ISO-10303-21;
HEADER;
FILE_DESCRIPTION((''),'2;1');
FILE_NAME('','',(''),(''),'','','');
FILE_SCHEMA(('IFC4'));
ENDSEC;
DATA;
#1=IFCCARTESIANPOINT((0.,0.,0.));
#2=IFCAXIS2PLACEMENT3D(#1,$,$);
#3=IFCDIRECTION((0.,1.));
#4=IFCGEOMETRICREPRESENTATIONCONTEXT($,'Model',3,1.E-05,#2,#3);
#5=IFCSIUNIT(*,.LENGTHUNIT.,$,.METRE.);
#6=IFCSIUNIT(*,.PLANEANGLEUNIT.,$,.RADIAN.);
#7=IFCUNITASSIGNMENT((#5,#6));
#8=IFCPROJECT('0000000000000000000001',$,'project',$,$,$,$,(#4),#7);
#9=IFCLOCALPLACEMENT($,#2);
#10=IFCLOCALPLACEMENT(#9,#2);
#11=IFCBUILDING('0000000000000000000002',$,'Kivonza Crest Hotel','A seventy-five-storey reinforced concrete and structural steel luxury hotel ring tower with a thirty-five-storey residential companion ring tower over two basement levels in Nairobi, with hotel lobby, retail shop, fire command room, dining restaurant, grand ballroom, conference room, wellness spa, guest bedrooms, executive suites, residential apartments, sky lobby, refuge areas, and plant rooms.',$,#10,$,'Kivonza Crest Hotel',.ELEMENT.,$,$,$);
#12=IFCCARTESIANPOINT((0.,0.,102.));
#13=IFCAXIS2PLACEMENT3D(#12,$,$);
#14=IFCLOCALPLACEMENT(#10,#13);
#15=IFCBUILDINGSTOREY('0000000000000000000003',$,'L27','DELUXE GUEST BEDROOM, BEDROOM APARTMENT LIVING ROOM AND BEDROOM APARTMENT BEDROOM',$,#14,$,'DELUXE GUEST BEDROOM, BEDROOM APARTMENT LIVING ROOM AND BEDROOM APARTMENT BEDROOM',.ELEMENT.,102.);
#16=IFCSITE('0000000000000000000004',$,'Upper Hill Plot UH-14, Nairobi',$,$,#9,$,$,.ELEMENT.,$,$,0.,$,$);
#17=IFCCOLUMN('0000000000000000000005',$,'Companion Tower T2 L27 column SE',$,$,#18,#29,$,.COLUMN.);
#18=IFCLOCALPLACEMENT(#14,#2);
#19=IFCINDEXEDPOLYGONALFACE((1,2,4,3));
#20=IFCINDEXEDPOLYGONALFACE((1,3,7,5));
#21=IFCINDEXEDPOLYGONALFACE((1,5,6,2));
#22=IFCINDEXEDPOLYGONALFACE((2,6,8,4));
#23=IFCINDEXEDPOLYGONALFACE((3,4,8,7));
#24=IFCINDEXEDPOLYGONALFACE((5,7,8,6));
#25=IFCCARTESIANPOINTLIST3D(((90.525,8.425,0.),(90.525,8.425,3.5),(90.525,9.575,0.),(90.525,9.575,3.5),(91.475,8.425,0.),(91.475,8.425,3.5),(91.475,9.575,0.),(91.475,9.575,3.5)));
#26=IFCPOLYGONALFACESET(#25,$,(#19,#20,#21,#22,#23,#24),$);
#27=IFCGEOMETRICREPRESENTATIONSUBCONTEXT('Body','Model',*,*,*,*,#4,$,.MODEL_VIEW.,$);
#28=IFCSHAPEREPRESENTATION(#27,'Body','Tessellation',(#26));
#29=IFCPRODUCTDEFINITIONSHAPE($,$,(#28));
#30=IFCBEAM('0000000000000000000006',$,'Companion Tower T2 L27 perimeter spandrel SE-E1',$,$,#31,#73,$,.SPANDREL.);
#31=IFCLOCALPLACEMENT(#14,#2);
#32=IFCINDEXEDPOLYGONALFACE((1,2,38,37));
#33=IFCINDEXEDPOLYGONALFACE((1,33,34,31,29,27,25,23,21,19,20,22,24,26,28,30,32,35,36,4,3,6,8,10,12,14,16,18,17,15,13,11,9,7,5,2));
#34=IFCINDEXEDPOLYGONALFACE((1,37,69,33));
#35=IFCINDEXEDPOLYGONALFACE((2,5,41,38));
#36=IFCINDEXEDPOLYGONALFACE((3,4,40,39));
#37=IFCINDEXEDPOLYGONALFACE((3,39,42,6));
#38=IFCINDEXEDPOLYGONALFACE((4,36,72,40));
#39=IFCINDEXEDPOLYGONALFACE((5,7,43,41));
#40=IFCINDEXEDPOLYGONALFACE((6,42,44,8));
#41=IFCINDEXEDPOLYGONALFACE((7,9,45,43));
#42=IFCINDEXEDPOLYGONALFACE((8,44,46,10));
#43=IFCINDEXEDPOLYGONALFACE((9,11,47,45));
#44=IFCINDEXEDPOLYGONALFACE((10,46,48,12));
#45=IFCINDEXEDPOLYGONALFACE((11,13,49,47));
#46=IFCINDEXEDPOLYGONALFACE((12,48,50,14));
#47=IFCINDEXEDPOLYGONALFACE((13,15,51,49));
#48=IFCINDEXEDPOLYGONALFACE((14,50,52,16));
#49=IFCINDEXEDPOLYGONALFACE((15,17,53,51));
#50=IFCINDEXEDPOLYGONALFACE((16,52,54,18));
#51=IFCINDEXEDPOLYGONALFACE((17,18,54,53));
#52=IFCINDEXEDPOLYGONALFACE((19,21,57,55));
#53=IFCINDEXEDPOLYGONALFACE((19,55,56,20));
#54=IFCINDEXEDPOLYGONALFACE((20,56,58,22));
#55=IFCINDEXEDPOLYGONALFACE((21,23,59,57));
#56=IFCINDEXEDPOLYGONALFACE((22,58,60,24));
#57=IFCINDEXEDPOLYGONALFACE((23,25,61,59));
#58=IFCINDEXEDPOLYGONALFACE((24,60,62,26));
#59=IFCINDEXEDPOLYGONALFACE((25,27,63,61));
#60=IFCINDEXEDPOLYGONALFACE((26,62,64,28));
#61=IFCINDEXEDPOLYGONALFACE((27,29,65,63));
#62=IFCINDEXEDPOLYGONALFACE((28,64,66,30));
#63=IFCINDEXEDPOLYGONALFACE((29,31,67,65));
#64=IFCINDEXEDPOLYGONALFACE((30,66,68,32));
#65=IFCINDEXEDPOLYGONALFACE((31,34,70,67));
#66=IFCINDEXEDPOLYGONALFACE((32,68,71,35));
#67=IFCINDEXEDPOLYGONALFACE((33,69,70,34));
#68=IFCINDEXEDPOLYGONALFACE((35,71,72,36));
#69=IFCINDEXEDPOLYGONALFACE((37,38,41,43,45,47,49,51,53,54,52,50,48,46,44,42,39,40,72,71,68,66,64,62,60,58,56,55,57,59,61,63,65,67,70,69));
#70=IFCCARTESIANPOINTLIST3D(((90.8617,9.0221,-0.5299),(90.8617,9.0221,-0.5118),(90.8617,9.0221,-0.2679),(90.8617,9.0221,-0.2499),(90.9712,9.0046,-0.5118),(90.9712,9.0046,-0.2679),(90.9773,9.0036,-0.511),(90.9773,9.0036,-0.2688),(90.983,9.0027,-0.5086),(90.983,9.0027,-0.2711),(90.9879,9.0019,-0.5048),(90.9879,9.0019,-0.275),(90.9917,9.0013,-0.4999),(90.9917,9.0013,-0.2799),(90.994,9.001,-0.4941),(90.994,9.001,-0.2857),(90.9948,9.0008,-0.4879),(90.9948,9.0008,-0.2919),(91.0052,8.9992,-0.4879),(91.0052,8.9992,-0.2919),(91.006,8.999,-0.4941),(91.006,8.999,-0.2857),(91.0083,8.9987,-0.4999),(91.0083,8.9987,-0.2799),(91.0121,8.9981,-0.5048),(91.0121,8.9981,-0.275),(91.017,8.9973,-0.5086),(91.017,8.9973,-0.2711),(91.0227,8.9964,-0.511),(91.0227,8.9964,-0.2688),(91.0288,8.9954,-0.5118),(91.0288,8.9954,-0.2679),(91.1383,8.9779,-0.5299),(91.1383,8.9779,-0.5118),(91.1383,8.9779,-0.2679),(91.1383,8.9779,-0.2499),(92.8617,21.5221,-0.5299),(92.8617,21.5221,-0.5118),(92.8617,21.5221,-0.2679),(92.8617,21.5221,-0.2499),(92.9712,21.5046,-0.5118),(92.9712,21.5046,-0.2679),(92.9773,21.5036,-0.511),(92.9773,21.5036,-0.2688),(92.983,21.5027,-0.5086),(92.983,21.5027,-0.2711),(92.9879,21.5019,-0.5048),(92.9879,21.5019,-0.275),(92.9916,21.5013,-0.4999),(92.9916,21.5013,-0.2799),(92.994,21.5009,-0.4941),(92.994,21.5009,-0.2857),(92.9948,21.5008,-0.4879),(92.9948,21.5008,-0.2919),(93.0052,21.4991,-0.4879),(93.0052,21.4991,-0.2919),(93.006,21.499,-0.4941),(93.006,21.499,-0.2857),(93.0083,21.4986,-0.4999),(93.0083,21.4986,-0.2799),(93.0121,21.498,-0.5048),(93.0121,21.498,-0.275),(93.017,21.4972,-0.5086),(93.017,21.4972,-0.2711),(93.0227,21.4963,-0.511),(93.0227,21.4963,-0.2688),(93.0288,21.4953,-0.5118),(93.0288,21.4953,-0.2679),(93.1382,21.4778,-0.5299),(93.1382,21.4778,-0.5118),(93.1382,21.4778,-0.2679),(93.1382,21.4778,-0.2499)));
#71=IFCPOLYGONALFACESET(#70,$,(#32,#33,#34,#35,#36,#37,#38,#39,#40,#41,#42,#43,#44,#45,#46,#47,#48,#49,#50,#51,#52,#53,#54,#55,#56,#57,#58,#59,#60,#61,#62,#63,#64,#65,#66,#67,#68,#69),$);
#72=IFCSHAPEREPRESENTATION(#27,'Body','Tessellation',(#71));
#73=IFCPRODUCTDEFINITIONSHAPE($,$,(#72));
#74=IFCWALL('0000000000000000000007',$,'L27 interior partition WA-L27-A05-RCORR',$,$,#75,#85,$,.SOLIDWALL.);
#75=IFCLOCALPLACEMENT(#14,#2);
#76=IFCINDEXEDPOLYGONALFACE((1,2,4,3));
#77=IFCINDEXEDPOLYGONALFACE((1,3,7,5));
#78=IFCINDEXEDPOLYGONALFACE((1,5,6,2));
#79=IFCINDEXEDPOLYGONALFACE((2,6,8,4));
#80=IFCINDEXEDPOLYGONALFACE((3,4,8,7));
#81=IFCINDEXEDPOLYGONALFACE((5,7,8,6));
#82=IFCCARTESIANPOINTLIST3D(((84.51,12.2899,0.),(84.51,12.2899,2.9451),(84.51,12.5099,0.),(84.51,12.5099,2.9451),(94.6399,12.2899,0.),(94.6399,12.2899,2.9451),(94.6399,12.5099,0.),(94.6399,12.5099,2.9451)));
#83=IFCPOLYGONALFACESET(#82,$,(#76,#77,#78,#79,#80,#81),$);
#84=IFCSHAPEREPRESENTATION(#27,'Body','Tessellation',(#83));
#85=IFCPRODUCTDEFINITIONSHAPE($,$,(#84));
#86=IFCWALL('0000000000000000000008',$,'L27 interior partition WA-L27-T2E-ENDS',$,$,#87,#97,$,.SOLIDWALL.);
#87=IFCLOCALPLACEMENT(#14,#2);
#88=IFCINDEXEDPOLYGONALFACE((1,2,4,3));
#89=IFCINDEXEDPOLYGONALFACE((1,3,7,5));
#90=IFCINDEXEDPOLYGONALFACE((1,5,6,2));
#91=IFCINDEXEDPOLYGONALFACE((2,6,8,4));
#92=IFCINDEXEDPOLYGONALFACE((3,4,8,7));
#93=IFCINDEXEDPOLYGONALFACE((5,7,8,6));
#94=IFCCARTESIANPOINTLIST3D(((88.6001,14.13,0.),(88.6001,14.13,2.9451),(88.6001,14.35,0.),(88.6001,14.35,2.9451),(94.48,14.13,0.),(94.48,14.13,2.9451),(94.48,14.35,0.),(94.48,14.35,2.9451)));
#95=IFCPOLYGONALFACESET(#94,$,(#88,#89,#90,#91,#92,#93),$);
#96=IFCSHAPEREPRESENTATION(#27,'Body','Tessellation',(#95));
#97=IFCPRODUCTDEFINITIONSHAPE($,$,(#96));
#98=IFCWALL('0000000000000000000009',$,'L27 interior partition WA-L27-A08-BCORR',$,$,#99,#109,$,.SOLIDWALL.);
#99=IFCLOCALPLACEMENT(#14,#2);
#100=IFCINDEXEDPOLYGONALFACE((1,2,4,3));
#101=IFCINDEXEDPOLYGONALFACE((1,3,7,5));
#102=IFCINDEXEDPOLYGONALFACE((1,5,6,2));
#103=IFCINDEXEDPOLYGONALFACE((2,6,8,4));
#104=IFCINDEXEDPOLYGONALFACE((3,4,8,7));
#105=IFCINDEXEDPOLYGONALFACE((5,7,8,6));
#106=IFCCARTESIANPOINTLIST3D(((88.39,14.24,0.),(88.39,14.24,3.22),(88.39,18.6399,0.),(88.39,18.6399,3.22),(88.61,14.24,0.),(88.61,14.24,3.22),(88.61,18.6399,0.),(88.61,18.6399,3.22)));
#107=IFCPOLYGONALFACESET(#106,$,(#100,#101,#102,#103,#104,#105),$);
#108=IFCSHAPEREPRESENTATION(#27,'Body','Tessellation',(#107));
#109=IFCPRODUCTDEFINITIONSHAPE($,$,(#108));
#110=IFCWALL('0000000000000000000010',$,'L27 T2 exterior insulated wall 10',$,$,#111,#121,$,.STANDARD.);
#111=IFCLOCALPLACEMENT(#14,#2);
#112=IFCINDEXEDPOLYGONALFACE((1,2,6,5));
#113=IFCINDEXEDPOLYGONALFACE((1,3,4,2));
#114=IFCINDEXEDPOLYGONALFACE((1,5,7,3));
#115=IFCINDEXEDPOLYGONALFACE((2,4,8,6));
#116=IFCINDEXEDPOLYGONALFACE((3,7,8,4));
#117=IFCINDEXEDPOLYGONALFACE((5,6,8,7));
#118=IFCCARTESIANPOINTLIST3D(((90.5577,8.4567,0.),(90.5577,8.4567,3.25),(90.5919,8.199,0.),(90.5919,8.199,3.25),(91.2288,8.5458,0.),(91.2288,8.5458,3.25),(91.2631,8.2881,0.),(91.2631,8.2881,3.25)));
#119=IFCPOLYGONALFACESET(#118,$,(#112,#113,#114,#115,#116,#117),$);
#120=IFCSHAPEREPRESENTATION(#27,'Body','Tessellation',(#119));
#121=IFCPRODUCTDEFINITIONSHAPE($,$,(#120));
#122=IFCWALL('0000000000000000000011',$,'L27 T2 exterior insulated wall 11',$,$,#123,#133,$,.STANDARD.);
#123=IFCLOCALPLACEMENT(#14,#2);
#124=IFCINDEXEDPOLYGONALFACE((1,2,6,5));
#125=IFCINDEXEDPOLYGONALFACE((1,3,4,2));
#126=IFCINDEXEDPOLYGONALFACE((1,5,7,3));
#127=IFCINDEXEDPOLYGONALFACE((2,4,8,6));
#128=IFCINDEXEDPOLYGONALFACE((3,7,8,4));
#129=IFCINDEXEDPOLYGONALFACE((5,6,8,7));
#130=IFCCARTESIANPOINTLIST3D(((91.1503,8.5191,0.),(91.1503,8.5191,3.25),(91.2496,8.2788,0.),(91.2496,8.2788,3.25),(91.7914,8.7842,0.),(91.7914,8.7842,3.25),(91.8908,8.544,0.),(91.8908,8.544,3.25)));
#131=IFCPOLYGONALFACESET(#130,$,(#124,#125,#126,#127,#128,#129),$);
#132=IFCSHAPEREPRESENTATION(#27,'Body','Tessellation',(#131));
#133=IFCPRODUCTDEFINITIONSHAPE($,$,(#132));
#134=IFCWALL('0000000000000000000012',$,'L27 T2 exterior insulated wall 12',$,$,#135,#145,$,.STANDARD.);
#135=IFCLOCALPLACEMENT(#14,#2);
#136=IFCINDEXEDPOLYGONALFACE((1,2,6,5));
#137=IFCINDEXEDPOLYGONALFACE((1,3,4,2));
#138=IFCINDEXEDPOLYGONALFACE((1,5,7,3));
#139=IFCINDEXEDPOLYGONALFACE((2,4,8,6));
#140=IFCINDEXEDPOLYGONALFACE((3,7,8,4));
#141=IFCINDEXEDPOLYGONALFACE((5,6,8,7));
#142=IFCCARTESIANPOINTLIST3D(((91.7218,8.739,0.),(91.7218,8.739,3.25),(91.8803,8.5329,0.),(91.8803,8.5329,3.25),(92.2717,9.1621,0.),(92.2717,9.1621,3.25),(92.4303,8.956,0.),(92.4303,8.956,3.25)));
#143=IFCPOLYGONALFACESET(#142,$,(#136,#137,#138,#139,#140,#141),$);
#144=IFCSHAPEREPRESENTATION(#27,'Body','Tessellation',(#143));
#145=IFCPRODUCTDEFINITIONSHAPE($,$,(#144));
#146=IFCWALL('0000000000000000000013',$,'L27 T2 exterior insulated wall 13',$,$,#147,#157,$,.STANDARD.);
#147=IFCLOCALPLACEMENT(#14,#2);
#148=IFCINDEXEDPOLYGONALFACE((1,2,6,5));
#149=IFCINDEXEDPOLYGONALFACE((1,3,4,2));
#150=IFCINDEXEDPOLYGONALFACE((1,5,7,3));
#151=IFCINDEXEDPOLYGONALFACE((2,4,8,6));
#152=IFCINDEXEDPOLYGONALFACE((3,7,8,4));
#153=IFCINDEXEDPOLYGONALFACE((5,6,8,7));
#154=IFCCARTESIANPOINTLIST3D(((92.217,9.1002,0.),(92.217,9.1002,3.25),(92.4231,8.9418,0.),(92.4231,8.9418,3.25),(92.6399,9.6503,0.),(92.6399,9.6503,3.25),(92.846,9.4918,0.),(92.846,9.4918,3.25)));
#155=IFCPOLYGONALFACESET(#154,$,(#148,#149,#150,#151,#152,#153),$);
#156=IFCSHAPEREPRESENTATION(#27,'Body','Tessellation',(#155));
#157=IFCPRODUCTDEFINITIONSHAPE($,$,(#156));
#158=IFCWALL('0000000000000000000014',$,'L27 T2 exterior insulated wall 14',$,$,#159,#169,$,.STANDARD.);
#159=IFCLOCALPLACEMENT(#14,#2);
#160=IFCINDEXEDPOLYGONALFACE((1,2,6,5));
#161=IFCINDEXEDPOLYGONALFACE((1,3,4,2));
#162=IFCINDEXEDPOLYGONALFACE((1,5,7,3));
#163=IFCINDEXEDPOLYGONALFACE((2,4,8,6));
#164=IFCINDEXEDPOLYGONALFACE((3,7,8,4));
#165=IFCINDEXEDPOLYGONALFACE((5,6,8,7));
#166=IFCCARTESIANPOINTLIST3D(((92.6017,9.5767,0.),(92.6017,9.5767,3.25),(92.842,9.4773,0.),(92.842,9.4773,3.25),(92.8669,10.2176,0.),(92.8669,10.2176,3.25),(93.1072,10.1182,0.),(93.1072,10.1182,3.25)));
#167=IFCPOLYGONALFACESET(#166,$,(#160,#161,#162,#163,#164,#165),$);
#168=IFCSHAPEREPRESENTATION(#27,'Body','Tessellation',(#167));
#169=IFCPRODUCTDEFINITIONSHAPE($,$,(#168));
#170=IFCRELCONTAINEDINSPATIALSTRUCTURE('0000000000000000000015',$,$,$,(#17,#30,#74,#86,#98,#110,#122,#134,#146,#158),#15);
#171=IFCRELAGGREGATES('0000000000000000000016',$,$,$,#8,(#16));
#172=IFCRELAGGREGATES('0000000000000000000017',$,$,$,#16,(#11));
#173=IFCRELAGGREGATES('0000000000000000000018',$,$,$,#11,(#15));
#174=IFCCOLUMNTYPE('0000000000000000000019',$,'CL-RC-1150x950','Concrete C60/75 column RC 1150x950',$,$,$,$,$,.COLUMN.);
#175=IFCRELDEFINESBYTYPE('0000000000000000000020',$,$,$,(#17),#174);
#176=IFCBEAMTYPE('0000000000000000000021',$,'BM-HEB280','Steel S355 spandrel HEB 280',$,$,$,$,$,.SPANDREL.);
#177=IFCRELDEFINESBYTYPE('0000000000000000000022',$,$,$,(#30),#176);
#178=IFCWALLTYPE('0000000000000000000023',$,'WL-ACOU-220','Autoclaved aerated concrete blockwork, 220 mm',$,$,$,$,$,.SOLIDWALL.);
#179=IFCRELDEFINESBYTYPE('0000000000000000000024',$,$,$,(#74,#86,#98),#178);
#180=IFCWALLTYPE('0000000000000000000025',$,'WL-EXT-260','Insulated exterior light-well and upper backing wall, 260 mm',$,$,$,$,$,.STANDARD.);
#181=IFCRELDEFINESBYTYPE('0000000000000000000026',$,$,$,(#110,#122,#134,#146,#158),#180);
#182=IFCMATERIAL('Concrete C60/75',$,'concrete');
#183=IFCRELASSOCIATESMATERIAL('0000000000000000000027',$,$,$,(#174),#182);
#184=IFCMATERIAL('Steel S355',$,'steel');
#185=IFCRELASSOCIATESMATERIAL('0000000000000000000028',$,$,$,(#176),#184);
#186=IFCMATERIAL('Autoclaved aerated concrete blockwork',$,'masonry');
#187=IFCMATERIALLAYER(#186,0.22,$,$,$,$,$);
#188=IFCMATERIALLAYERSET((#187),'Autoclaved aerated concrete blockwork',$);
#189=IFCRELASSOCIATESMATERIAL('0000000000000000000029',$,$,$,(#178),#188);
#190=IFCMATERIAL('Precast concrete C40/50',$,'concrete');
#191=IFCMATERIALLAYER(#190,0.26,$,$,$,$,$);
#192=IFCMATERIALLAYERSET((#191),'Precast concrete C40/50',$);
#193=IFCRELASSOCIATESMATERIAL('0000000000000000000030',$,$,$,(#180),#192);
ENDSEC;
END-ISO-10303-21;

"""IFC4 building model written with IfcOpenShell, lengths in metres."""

from ifc_helpers import new_model, si_unit, direction, frame, frame_2d, origin, origin_2d, place, context, subcontext, project, spatial, rectangle, i_section, extrude, material, layer, layer_set, material_profile, profile_set, type_object, element, save


model = new_model("IFC4")

# Units and contexts
model_context = context("Model", 3, precision=1e-05, world=origin(), true_north=direction((0.0, 1.0)))
body_context = subcontext(model_context, "Body", "Model", "MODEL_VIEW")
ifc_project = project(units=[si_unit("LENGTHUNIT", "METRE"), si_unit("PLANEANGLEUNIT", "RADIAN")], contexts=[model_context])

# Site, building, storey
site_placement = place(None, origin())
site = spatial("IfcSite", under=ifc_project, at=site_placement, Name="Upper Hill Plot UH-14, Nairobi", CompositionType="ELEMENT", RefElevation=0.0)
building_placement = place(site_placement, origin())
building = spatial("IfcBuilding", under=site, at=building_placement, Name="Kivonza Crest Hotel", Description="A seventy-five-storey reinforced concrete and structural steel luxury hotel ring tower with a thirty-five-storey residential companion ring tower over two basement levels in Nairobi, with hotel lobby, retail shop, fire command room, dining restaurant, grand ballroom, conference room, wellness spa, guest bedrooms, executive suites, residential apartments, sky lobby, refuge areas, and plant rooms.", LongName="Kivonza Crest Hotel", CompositionType="ELEMENT")
storey_placement = place(building_placement, frame((0.0, 0.0, 102.0)))
storey = spatial("IfcBuildingStorey", under=building, at=storey_placement, Name="L27", Description="DELUXE GUEST BEDROOM, BEDROOM APARTMENT LIVING ROOM AND BEDROOM APARTMENT BEDROOM", LongName="DELUXE GUEST BEDROOM, BEDROOM APARTMENT LIVING ROOM AND BEDROOM APARTMENT BEDROOM", CompositionType="ELEMENT", Elevation=102.0)

# Column
ifc_material_1 = material(Name="Concrete C60/75", Category="concrete")
ifc_material_profile_1 = material_profile(ifc_material_1, rectangle(XDim=0.95, YDim=1.1499, at=origin_2d()), Name="RC 1150x950")
ifc_profile_set_1 = profile_set([ifc_material_profile_1], Name="Concrete C60/75")
column_type = type_object("IfcColumnType", Name="CL-RC-1150x950", Description="Concrete C60/75 column RC 1150x950", PredefinedType="COLUMN", material=ifc_profile_set_1)
column_placement = place(storey_placement, frame((91.0, 9.0, 0.0), z_axis=(0.0, 0.0, 1.0), x_axis=(1.0, 0.0, 0.0)))
element("IfcColumn", 1, at=column_placement, inside=storey, type_object=column_type, Name="Companion Tower T2 L27 column SE", PredefinedType="COLUMN", context=body_context, shape_type="SweptSolid", body=[
    extrude(rectangle(XDim=0.95, YDim=1.1499, at=origin_2d()), origin(), (0.0, 0.0, 1.0), 3.5),
])

# Beam
ifc_material_2 = material(Name="Steel S355", Category="steel")
ifc_material_profile_2 = material_profile(ifc_material_2, i_section(OverallWidth=0.28, OverallDepth=0.28, WebThickness=0.0105, FlangeThickness=0.0181, FilletRadius=0.0239, at=origin_2d()), Name="HEB 280")
ifc_profile_set_2 = profile_set([ifc_material_profile_2], Name="Steel S355")
beam_type = type_object("IfcBeamType", Name="BM-HEB280", Description="Steel S355 spandrel HEB 280", PredefinedType="SPANDREL", material=ifc_profile_set_2)
beam_placement = place(storey_placement, frame((91.0, 9.0, -0.3899), z_axis=(0.157991, 0.987441, 0.0), x_axis=(-0.987441, 0.157991, 0.0)))
element("IfcBeam", 2, at=beam_placement, inside=storey, type_object=beam_type, Name="Companion Tower T2 L27 perimeter spandrel SE-E1", PredefinedType="SPANDREL", context=body_context, shape_type="SweptSolid", body=[
    extrude(i_section(OverallWidth=0.28, OverallDepth=0.28, WebThickness=0.0105, FlangeThickness=0.0181, FilletRadius=0.0239, at=origin_2d()), origin(), (0.0, 0.0, 1.0), 12.6589),
])

# Walls
ifc_material_3 = material(Name="Autoclaved aerated concrete blockwork", Category="masonry")
ifc_layer_1 = layer(ifc_material_3, 0.22)
ifc_layer_set_1 = layer_set([ifc_layer_1], Name="Autoclaved aerated concrete blockwork")
wall_type_1 = type_object("IfcWallType", Name="WL-ACOU-220", Description="Autoclaved aerated concrete blockwork, 220 mm", PredefinedType="SOLIDWALL", material=ifc_layer_set_1)
wall_1_placement = place(storey_placement, frame((84.51, 12.3999, 0.0), z_axis=(0.0, 0.0, 1.0), x_axis=(1.0, 0.0, 0.0)))
element("IfcWall", 3, at=wall_1_placement, inside=storey, type_object=wall_type_1, Name="L27 interior partition WA-L27-A05-RCORR", PredefinedType="SOLIDWALL", context=body_context, shape_type="SweptSolid", body=[
    extrude(rectangle(XDim=10.1299, YDim=0.22, at=frame_2d((5.0649, 0.0))), origin(), (0.0, 0.0, 1.0), 2.9451),
])
wall_2_placement = place(storey_placement, frame((88.6001, 14.24, 0.0), z_axis=(0.0, 0.0, 1.0), x_axis=(1.0, 0.0, 0.0)))
element("IfcWall", 4, at=wall_2_placement, inside=storey, type_object=wall_type_1, Name="L27 interior partition WA-L27-T2E-ENDS", PredefinedType="SOLIDWALL", context=body_context, shape_type="SweptSolid", body=[
    extrude(rectangle(XDim=5.8799, YDim=0.22, at=frame_2d((2.9399, 0.0))), origin(), (0.0, 0.0, 1.0), 2.9451),
])
wall_3_placement = place(storey_placement, frame((88.5, 14.24, 0.0), z_axis=(0.0, 0.0, 1.0), x_axis=(0.0, 1.0, 0.0)))
element("IfcWall", 5, at=wall_3_placement, inside=storey, type_object=wall_type_1, Name="L27 interior partition WA-L27-A08-BCORR", PredefinedType="SOLIDWALL", context=body_context, shape_type="SweptSolid", body=[
    extrude(rectangle(XDim=4.3999, YDim=0.22, at=frame_2d((2.2, 0.0))), origin(), (0.0, 0.0, 1.0), 3.22),
])
ifc_material_4 = material(Name="Precast concrete C40/50", Category="concrete")
ifc_layer_2 = layer(ifc_material_4, 0.26)
ifc_layer_set_2 = layer_set([ifc_layer_2], Name="Precast concrete C40/50")
wall_type_2 = type_object("IfcWallType", Name="WL-EXT-260", Description="Insulated exterior light-well and upper backing wall, 260 mm", PredefinedType="STANDARD", material=ifc_layer_set_2)
wall_4_placement = place(storey_placement, frame((90.575, 8.3279, 0.0), z_axis=(0.0, 0.0, 1.0), x_axis=(0.9913, 0.13162, 0.0)))
element("IfcWall", 6, at=wall_4_placement, inside=storey, type_object=wall_type_2, Name="L27 T2 exterior insulated wall 10", PredefinedType="STANDARD", context=body_context, shape_type="SweptSolid", body=[
    extrude(rectangle(XDim=0.677, YDim=0.26, at=frame_2d((0.3384, 0.0))), origin(), (0.0, 0.0, 1.0), 3.25),
])
for number, where, z_axis, x_axis, name in (
    (7, (91.2, 8.3989, 0.0), (0.0, 0.0, 1.0), (0.924094, 0.382165, 0.0), "L27 T2 exterior insulated wall 11"),
    (8, (91.801, 8.636, 0.0), (0.0, 0.0, 1.0), (0.792637, 0.609694, 0.0), "L27 T2 exterior insulated wall 12"),
    (9, (92.3201, 9.021, 0.0), (0.0, 0.0, 1.0), (0.609473, 0.792807, 0.0), "L27 T2 exterior insulated wall 13"),
):
    element("IfcWall", number, at=place(storey_placement, frame(where, z_axis=z_axis, x_axis=x_axis)), inside=storey, type_object=wall_type_2, Name=name, PredefinedType="STANDARD", context=body_context, shape_type="SweptSolid", body=[
        extrude(rectangle(XDim=0.6938, YDim=0.26, at=frame_2d((0.3469, 0.0))), origin(), (0.0, 0.0, 1.0), 3.25),
    ])
wall_5_placement = place(storey_placement, frame((92.7219, 9.5271, 0.0), z_axis=(0.0, 0.0, 1.0), x_axis=(0.38229, 0.924043, 0.0)))
element("IfcWall", 10, at=wall_5_placement, inside=storey, type_object=wall_type_2, Name="L27 T2 exterior insulated wall 14", PredefinedType="STANDARD", context=body_context, shape_type="SweptSolid", body=[
    extrude(rectangle(XDim=0.6936, YDim=0.26, at=frame_2d((0.3467, 0.0))), origin(), (0.0, 0.0, 1.0), 3.25),
])

save(model, "model.ifc")
